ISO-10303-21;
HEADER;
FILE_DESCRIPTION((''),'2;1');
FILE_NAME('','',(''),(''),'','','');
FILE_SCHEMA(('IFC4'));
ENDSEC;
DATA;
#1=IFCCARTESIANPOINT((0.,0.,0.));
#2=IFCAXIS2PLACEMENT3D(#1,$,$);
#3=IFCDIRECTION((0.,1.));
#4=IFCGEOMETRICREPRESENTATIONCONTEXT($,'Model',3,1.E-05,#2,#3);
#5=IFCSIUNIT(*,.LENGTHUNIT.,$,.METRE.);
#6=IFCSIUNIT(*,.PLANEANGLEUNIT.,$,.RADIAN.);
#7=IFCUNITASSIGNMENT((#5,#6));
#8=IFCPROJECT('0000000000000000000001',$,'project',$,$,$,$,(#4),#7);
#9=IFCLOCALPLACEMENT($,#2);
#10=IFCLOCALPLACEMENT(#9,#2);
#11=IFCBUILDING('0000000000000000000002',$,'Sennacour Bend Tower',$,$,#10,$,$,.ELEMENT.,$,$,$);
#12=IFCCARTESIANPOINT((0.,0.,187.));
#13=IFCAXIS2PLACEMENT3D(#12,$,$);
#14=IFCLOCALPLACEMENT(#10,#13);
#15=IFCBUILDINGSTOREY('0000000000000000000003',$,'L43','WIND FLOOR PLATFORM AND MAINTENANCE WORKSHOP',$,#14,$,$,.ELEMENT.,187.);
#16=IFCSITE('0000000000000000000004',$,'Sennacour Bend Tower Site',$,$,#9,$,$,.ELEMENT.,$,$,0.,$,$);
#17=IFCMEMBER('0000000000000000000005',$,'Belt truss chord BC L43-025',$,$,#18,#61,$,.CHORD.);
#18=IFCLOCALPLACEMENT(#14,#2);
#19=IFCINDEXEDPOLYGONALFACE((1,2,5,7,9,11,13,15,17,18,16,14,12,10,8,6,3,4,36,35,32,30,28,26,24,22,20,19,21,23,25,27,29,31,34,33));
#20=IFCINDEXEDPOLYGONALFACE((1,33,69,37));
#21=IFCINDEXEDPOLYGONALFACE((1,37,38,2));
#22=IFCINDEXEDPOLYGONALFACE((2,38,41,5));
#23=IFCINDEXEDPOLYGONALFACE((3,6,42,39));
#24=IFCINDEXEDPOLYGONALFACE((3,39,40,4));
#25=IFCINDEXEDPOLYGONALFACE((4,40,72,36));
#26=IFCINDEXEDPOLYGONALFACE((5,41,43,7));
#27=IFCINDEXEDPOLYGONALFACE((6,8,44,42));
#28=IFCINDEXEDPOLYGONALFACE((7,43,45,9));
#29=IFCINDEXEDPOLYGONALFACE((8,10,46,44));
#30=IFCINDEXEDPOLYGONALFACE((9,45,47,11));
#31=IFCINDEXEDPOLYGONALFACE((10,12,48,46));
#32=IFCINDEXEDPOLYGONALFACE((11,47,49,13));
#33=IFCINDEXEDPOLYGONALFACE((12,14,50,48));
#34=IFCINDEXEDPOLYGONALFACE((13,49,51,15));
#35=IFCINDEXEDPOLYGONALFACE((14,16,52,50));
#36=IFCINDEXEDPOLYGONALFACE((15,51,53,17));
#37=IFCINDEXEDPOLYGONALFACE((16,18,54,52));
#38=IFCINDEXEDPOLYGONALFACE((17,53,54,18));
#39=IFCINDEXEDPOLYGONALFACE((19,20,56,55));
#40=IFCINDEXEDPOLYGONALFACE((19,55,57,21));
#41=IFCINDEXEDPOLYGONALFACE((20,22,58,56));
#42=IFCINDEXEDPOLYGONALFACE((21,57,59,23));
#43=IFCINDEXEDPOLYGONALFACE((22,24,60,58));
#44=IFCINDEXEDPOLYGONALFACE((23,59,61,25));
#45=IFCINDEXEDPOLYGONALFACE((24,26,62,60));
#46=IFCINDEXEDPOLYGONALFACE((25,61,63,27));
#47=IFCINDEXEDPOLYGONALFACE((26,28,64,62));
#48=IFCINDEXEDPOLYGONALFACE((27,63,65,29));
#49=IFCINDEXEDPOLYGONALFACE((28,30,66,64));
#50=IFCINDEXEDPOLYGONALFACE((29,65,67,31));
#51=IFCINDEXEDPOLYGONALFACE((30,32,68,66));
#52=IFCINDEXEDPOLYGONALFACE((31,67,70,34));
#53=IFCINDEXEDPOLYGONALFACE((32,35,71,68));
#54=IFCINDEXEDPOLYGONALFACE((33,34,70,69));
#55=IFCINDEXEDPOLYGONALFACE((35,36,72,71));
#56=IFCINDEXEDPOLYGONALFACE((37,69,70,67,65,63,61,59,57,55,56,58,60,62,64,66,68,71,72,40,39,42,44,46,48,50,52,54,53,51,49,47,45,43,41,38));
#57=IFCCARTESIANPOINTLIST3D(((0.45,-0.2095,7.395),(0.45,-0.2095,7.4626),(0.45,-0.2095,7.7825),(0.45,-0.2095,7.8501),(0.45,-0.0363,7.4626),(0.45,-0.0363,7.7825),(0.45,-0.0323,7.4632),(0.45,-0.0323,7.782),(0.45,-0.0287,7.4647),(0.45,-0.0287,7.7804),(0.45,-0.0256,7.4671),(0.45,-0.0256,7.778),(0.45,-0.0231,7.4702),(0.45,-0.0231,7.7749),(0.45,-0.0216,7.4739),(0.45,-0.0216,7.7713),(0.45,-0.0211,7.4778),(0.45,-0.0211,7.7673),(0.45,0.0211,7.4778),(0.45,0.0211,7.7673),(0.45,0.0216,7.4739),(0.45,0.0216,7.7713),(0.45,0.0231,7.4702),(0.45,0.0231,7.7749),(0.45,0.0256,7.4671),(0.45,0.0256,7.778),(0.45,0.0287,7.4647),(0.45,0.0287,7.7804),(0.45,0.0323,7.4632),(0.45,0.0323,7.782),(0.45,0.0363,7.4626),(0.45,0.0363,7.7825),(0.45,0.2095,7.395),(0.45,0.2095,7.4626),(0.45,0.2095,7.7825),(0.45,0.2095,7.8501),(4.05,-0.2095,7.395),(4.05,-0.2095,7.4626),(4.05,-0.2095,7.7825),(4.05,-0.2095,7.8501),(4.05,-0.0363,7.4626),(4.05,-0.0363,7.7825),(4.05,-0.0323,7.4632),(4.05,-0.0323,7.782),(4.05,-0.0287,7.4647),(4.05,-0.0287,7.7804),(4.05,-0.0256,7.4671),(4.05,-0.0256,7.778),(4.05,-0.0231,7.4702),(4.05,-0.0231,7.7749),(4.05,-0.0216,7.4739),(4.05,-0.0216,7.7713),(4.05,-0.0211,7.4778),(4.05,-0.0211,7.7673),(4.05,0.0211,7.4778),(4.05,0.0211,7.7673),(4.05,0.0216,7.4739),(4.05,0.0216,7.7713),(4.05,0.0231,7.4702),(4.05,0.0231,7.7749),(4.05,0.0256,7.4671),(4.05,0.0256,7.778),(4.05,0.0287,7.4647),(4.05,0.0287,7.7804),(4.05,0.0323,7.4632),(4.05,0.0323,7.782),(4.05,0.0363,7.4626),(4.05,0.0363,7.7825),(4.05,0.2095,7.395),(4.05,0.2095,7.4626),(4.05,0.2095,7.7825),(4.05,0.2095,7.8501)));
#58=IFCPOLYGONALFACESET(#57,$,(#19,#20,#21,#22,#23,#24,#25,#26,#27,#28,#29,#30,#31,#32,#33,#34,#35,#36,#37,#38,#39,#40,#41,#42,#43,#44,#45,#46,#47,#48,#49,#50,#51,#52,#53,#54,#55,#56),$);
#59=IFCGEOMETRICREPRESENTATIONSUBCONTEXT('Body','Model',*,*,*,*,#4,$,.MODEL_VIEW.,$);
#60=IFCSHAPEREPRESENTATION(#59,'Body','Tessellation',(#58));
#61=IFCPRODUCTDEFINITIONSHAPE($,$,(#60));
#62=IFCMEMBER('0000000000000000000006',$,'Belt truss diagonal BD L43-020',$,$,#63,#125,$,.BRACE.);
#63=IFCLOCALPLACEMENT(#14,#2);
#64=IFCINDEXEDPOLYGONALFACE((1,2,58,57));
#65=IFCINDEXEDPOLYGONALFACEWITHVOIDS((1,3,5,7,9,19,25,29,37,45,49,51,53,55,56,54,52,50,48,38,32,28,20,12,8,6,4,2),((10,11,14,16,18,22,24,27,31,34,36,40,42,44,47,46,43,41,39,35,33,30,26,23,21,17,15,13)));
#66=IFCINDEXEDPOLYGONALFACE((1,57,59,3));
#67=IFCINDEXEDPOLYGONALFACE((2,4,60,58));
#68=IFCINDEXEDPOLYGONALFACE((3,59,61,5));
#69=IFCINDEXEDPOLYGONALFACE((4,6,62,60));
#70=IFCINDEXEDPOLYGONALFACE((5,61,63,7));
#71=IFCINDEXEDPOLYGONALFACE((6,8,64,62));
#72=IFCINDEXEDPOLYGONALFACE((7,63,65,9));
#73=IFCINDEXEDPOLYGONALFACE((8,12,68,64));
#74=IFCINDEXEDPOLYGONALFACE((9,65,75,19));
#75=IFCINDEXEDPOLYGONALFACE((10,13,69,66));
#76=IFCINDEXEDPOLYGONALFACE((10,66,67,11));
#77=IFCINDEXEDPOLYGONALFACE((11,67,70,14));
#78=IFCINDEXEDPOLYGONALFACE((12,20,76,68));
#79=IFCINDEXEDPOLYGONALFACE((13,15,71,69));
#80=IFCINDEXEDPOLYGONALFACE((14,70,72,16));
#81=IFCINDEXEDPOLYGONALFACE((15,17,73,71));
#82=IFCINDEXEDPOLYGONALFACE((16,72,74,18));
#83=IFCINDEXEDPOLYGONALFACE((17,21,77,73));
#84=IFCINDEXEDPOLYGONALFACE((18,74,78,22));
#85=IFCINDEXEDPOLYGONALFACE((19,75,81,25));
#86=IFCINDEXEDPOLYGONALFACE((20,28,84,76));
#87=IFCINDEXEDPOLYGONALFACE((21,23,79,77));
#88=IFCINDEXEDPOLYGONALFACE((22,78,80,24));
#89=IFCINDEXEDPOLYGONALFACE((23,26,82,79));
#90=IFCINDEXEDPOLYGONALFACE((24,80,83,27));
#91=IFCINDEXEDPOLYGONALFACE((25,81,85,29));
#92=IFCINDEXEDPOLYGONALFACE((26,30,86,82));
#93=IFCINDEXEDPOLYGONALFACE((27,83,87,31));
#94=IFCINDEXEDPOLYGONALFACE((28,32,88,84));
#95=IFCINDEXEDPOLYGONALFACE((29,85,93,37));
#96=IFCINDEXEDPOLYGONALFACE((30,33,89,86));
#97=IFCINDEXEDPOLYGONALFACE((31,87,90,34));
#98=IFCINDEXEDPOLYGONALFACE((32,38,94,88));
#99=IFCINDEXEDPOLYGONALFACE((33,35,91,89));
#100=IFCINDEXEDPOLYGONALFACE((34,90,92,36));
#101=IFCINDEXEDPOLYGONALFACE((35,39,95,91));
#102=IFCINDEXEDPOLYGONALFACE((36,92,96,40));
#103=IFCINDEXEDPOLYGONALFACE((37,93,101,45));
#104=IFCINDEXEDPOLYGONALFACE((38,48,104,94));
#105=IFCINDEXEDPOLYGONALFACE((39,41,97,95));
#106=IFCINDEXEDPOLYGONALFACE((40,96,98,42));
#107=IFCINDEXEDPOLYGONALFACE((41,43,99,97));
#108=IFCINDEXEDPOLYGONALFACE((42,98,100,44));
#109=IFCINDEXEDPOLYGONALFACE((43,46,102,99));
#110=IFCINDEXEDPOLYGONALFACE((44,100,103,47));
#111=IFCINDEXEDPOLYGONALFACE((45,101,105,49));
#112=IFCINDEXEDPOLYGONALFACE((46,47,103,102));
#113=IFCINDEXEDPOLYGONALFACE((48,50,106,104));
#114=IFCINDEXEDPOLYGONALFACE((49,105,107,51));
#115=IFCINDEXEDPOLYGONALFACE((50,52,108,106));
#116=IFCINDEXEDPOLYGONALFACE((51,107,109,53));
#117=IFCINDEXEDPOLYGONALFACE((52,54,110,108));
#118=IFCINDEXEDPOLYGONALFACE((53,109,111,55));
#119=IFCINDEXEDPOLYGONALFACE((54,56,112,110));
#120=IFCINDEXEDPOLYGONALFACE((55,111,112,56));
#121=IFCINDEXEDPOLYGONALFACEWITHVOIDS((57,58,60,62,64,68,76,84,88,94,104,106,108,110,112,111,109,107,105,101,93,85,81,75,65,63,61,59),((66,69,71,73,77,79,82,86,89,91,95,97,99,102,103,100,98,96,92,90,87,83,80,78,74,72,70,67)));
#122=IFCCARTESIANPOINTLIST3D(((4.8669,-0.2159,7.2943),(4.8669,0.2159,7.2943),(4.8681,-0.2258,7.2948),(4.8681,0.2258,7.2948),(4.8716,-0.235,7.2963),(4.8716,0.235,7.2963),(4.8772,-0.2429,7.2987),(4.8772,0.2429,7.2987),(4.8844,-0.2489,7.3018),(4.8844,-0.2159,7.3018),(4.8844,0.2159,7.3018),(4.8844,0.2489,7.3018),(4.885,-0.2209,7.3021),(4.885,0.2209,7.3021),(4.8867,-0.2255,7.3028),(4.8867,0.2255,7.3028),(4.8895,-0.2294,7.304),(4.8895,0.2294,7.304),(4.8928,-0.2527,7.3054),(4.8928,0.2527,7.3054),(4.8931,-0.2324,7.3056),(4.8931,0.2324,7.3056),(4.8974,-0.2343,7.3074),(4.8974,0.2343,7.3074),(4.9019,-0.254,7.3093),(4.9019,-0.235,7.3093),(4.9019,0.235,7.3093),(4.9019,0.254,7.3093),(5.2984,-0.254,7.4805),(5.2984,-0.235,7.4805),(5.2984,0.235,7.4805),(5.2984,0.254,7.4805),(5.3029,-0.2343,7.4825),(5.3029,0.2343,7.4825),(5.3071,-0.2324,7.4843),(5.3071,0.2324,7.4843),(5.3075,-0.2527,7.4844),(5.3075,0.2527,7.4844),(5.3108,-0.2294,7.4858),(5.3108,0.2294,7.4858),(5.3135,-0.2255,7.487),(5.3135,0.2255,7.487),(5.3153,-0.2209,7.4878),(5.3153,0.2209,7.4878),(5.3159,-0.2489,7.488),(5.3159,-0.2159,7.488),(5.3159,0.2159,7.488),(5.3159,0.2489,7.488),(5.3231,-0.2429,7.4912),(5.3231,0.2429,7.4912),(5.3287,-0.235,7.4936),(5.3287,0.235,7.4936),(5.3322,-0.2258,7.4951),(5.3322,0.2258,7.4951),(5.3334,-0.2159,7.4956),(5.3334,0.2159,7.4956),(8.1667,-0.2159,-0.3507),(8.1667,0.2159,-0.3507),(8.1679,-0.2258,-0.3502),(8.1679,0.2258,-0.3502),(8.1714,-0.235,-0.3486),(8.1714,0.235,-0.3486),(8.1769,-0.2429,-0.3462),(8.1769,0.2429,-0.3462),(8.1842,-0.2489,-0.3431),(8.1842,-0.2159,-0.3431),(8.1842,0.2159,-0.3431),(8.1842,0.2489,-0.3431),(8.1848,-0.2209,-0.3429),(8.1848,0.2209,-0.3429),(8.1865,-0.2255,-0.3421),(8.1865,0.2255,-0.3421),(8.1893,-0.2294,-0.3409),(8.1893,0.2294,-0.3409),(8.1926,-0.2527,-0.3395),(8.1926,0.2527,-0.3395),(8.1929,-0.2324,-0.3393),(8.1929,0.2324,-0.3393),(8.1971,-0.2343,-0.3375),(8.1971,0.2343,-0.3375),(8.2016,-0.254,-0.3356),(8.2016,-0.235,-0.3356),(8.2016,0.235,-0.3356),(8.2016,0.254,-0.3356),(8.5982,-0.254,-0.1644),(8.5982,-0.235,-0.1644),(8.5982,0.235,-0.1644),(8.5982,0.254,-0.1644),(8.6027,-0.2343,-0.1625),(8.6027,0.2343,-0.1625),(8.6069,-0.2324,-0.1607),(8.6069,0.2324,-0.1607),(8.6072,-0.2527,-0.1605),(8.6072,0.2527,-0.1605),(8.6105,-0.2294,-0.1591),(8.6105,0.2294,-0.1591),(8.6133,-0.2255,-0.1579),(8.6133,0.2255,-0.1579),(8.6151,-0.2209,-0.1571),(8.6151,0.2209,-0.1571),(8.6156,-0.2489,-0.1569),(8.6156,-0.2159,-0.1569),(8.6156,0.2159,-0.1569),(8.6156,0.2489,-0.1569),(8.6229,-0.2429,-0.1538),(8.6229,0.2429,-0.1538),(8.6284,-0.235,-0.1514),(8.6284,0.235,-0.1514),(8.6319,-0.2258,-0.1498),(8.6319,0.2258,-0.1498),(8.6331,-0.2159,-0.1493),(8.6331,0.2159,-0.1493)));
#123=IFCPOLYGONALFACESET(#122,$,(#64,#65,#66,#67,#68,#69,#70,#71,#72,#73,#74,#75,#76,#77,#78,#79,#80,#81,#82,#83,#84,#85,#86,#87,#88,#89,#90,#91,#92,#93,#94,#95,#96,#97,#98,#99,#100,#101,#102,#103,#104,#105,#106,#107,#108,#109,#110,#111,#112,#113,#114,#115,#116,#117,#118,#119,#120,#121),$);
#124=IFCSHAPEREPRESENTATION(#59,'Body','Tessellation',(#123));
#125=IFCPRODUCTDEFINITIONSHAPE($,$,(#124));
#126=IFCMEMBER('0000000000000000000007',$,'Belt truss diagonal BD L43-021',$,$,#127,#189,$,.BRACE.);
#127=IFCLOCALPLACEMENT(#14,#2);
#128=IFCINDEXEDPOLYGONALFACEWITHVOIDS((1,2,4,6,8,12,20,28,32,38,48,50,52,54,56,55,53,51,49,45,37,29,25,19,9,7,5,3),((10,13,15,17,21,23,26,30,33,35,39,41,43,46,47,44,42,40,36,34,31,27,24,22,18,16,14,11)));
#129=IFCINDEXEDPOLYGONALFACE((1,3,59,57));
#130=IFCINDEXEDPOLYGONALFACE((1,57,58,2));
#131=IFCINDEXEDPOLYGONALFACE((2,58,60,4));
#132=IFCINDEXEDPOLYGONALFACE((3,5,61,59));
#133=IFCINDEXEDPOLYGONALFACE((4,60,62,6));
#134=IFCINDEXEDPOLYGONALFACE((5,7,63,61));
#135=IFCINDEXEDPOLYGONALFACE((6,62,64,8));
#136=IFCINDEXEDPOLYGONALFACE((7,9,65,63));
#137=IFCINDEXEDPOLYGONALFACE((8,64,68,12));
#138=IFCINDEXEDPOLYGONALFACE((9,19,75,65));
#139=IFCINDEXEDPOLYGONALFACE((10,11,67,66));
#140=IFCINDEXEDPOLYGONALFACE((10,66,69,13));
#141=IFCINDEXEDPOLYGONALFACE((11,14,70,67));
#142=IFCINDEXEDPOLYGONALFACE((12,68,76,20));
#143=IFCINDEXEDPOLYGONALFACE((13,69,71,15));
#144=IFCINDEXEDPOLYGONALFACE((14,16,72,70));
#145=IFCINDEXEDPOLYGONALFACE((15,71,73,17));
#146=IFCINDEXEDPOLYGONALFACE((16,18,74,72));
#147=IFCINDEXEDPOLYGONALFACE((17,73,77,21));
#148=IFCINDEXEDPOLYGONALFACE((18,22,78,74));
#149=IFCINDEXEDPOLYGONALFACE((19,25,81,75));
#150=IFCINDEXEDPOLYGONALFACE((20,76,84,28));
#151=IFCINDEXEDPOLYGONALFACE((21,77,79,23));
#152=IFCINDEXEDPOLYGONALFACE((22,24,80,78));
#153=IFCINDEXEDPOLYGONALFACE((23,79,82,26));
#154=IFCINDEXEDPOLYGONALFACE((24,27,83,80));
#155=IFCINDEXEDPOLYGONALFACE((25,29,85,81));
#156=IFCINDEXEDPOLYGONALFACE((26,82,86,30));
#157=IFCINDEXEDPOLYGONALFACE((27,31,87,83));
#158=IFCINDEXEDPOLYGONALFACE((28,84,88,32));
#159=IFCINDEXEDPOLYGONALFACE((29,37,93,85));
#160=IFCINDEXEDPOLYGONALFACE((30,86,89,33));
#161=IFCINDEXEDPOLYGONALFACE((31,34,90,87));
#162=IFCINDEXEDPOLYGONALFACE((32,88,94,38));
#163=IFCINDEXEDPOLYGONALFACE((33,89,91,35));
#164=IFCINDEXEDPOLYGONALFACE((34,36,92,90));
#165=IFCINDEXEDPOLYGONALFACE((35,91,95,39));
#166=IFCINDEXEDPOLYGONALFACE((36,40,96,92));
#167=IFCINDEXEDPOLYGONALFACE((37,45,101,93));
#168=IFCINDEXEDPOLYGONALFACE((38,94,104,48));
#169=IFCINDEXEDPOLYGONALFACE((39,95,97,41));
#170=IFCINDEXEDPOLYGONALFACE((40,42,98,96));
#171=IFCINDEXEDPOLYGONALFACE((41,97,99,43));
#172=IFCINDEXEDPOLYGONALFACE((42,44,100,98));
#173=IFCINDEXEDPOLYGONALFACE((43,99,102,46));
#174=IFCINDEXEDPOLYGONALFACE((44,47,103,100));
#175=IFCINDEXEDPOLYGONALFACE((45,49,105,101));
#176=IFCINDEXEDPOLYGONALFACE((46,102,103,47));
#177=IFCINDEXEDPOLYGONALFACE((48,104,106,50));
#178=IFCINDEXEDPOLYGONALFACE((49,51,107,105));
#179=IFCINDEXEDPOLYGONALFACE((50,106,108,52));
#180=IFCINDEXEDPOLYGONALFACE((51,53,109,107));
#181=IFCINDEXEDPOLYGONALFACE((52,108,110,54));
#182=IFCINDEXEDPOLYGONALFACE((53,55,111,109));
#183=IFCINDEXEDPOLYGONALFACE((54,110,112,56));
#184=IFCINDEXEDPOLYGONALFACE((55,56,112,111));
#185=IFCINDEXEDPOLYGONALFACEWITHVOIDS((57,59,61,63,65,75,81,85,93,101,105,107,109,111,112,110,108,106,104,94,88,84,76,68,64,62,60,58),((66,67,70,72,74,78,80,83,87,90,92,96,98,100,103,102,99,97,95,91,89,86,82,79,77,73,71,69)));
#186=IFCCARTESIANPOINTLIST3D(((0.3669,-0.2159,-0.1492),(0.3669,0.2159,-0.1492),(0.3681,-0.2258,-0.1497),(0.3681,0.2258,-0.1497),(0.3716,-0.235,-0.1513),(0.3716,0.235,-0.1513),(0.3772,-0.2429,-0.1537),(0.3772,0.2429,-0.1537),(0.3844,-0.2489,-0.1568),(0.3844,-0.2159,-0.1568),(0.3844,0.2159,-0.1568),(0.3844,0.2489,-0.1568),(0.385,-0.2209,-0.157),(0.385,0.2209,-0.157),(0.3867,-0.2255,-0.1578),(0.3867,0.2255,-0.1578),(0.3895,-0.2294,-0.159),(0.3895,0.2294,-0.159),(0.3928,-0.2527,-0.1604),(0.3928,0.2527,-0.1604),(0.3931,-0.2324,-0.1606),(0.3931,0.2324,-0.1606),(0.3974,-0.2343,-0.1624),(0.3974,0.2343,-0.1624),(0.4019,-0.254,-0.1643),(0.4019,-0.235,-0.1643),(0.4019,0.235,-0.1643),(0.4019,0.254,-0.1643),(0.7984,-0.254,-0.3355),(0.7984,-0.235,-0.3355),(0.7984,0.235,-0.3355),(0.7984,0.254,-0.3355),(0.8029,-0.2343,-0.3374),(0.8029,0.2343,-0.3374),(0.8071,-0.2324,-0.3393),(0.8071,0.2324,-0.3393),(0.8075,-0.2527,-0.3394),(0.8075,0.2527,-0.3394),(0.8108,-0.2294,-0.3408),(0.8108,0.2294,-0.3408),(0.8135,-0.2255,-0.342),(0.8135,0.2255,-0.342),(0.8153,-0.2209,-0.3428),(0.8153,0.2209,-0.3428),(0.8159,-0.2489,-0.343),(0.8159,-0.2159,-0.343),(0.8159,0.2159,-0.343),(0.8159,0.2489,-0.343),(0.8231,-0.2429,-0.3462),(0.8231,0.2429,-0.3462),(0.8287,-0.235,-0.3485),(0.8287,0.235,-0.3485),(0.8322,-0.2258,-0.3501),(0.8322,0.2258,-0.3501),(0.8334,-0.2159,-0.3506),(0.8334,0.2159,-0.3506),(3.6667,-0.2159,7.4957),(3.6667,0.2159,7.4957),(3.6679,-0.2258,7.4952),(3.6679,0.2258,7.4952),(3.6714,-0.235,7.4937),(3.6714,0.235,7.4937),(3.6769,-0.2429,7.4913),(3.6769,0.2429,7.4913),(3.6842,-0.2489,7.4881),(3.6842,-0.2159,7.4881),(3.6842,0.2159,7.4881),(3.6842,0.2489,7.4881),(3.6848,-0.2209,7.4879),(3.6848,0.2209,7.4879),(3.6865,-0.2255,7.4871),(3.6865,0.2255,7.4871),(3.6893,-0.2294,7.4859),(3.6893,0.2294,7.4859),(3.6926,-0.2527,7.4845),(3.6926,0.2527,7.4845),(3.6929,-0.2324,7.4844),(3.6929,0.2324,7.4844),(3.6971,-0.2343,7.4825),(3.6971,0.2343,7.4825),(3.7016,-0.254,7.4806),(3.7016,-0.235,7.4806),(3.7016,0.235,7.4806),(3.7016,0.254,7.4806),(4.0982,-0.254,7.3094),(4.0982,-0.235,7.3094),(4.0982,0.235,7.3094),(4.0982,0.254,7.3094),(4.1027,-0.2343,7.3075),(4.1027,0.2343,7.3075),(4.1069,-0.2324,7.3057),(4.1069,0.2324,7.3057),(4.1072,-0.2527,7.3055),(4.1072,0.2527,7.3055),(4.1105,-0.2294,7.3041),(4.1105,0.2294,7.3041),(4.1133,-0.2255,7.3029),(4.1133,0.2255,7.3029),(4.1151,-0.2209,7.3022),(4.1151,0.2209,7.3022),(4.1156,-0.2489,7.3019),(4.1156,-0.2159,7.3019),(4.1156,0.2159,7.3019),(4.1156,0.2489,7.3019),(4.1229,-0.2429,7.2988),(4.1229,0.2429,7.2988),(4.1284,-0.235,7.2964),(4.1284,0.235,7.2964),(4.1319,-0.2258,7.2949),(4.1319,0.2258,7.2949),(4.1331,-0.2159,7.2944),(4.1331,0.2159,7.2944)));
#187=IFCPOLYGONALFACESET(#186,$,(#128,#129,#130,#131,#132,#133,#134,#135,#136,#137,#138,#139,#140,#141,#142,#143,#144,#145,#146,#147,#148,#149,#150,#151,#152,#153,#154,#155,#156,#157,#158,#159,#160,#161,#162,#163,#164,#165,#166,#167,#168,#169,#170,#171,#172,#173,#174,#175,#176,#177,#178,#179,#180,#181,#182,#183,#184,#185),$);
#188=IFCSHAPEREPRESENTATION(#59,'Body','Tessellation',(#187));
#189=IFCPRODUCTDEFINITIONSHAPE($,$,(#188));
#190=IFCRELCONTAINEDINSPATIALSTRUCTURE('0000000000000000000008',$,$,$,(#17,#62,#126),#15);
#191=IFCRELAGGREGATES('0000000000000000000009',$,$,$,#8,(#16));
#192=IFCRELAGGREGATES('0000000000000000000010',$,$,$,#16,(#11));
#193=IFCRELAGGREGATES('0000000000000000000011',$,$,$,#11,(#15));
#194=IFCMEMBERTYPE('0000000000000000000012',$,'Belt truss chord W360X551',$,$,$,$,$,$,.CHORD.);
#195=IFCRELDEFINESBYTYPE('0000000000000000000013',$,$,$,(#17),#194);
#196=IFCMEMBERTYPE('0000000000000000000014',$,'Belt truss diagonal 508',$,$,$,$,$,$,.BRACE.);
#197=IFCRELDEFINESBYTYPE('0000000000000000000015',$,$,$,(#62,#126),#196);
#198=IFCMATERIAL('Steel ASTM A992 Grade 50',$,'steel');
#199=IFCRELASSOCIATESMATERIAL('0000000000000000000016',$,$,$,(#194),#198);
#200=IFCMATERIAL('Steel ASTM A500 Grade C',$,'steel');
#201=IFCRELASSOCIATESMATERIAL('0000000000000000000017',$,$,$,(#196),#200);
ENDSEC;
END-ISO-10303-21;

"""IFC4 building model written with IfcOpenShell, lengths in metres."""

from ifc_helpers import new_model, si_unit, direction, frame, origin, origin_2d, place, context, subcontext, project, spatial, hollow_rectangle, i_section, extrude, material, material_profile, profile_set, type_object, element, save


model = new_model("IFC4")

# Units and contexts
model_context = context("Model", 3, precision=1e-05, world=origin(), true_north=direction((0.0, 1.0)))
body_context = subcontext(model_context, "Body", "Model", "MODEL_VIEW")
ifc_project = project(units=[si_unit("LENGTHUNIT", "METRE"), si_unit("PLANEANGLEUNIT", "RADIAN")], contexts=[model_context])

# Site, building, storey
site_placement = place(None, origin())
site = spatial("IfcSite", under=ifc_project, at=site_placement, Name="Sennacour Bend Tower Site", CompositionType="ELEMENT", RefElevation=0.0)
building_placement = place(site_placement, origin())
building = spatial("IfcBuilding", under=site, at=building_placement, Name="Sennacour Bend Tower", CompositionType="ELEMENT")
storey_placement = place(building_placement, frame((0.0, 0.0, 187.0)))
storey = spatial("IfcBuildingStorey", under=building, at=storey_placement, Name="L43", Description="WIND FLOOR PLATFORM AND MAINTENANCE WORKSHOP", CompositionType="ELEMENT", Elevation=187.0)

# Members
ifc_material_1 = material(Name="Steel ASTM A992 Grade 50", Category="steel")
ifc_material_profile_1 = material_profile(ifc_material_1, i_section(OverallWidth=0.4189, OverallDepth=0.4551, WebThickness=0.0422, FlangeThickness=0.0676, FilletRadius=0.0151, at=origin_2d()), Name="Steel ASTM A992 Grade 50", Category="steel")
ifc_profile_set_1 = profile_set([ifc_material_profile_1], Name="Steel ASTM A992 Grade 50")
member_type_1 = type_object("IfcMemberType", Name="Belt truss chord W360X551", PredefinedType="CHORD", material=ifc_profile_set_1)
for number, where, z_axis, x_axis, name in (
    (1, (4.05, 0.0, 7.6226), (-1.0, 0.0, 0.0), (0.0, -1.0, 0.0), "Belt truss chord BC L43-025"),
):
    element("IfcMember", number, at=place(storey_placement, frame(where, z_axis=z_axis, x_axis=x_axis)), inside=storey, type_object=member_type_1, Name=name, PredefinedType="CHORD", context=body_context, shape_type="SweptSolid", body=[
        extrude(i_section(OverallWidth=0.4189, OverallDepth=0.4551, WebThickness=0.0422, FlangeThickness=0.0676, FilletRadius=0.0151, at=origin_2d()), origin(), (0.0, 0.0, 1.0), 3.6001),
    ])
ifc_material_2 = material(Name="Steel ASTM A500 Grade C", Category="steel")
ifc_material_profile_2 = material_profile(ifc_material_2, hollow_rectangle(XDim=0.5081, YDim=0.5081, WallThickness=0.019, InnerFilletRadius=0.019, OuterFilletRadius=0.0381, at=origin_2d()), Name="Steel ASTM A500 Grade C", Category="steel")
ifc_profile_set_2 = profile_set([ifc_material_profile_2], Name="Steel ASTM A500 Grade C")
member_type_2 = type_object("IfcMemberType", Name="Belt truss diagonal 508", PredefinedType="BRACE", material=ifc_profile_set_2)
for number, where, z_axis, x_axis, name in (
    (2, (8.3999, 0.0, -0.25), (-0.396289, 0.0, 0.918126), (0.0, -1.0, 0.0), "Belt truss diagonal BD L43-020"),
    (3, (3.8999, 0.0, 7.395), (-0.396289, 0.0, -0.918126), (0.0, -1.0, 0.0), "Belt truss diagonal BD L43-021"),
):
    element("IfcMember", number, at=place(storey_placement, frame(where, z_axis=z_axis, x_axis=x_axis)), inside=storey, type_object=member_type_2, Name=name, PredefinedType="BRACE", context=body_context, shape_type="SweptSolid", body=[
        extrude(hollow_rectangle(XDim=0.5081, YDim=0.5081, WallThickness=0.019, InnerFilletRadius=0.019, OuterFilletRadius=0.0381, at=origin_2d()), origin(), (0.0, 0.0, 1.0), 8.3267),
    ])

save(model, "model.ifc")
